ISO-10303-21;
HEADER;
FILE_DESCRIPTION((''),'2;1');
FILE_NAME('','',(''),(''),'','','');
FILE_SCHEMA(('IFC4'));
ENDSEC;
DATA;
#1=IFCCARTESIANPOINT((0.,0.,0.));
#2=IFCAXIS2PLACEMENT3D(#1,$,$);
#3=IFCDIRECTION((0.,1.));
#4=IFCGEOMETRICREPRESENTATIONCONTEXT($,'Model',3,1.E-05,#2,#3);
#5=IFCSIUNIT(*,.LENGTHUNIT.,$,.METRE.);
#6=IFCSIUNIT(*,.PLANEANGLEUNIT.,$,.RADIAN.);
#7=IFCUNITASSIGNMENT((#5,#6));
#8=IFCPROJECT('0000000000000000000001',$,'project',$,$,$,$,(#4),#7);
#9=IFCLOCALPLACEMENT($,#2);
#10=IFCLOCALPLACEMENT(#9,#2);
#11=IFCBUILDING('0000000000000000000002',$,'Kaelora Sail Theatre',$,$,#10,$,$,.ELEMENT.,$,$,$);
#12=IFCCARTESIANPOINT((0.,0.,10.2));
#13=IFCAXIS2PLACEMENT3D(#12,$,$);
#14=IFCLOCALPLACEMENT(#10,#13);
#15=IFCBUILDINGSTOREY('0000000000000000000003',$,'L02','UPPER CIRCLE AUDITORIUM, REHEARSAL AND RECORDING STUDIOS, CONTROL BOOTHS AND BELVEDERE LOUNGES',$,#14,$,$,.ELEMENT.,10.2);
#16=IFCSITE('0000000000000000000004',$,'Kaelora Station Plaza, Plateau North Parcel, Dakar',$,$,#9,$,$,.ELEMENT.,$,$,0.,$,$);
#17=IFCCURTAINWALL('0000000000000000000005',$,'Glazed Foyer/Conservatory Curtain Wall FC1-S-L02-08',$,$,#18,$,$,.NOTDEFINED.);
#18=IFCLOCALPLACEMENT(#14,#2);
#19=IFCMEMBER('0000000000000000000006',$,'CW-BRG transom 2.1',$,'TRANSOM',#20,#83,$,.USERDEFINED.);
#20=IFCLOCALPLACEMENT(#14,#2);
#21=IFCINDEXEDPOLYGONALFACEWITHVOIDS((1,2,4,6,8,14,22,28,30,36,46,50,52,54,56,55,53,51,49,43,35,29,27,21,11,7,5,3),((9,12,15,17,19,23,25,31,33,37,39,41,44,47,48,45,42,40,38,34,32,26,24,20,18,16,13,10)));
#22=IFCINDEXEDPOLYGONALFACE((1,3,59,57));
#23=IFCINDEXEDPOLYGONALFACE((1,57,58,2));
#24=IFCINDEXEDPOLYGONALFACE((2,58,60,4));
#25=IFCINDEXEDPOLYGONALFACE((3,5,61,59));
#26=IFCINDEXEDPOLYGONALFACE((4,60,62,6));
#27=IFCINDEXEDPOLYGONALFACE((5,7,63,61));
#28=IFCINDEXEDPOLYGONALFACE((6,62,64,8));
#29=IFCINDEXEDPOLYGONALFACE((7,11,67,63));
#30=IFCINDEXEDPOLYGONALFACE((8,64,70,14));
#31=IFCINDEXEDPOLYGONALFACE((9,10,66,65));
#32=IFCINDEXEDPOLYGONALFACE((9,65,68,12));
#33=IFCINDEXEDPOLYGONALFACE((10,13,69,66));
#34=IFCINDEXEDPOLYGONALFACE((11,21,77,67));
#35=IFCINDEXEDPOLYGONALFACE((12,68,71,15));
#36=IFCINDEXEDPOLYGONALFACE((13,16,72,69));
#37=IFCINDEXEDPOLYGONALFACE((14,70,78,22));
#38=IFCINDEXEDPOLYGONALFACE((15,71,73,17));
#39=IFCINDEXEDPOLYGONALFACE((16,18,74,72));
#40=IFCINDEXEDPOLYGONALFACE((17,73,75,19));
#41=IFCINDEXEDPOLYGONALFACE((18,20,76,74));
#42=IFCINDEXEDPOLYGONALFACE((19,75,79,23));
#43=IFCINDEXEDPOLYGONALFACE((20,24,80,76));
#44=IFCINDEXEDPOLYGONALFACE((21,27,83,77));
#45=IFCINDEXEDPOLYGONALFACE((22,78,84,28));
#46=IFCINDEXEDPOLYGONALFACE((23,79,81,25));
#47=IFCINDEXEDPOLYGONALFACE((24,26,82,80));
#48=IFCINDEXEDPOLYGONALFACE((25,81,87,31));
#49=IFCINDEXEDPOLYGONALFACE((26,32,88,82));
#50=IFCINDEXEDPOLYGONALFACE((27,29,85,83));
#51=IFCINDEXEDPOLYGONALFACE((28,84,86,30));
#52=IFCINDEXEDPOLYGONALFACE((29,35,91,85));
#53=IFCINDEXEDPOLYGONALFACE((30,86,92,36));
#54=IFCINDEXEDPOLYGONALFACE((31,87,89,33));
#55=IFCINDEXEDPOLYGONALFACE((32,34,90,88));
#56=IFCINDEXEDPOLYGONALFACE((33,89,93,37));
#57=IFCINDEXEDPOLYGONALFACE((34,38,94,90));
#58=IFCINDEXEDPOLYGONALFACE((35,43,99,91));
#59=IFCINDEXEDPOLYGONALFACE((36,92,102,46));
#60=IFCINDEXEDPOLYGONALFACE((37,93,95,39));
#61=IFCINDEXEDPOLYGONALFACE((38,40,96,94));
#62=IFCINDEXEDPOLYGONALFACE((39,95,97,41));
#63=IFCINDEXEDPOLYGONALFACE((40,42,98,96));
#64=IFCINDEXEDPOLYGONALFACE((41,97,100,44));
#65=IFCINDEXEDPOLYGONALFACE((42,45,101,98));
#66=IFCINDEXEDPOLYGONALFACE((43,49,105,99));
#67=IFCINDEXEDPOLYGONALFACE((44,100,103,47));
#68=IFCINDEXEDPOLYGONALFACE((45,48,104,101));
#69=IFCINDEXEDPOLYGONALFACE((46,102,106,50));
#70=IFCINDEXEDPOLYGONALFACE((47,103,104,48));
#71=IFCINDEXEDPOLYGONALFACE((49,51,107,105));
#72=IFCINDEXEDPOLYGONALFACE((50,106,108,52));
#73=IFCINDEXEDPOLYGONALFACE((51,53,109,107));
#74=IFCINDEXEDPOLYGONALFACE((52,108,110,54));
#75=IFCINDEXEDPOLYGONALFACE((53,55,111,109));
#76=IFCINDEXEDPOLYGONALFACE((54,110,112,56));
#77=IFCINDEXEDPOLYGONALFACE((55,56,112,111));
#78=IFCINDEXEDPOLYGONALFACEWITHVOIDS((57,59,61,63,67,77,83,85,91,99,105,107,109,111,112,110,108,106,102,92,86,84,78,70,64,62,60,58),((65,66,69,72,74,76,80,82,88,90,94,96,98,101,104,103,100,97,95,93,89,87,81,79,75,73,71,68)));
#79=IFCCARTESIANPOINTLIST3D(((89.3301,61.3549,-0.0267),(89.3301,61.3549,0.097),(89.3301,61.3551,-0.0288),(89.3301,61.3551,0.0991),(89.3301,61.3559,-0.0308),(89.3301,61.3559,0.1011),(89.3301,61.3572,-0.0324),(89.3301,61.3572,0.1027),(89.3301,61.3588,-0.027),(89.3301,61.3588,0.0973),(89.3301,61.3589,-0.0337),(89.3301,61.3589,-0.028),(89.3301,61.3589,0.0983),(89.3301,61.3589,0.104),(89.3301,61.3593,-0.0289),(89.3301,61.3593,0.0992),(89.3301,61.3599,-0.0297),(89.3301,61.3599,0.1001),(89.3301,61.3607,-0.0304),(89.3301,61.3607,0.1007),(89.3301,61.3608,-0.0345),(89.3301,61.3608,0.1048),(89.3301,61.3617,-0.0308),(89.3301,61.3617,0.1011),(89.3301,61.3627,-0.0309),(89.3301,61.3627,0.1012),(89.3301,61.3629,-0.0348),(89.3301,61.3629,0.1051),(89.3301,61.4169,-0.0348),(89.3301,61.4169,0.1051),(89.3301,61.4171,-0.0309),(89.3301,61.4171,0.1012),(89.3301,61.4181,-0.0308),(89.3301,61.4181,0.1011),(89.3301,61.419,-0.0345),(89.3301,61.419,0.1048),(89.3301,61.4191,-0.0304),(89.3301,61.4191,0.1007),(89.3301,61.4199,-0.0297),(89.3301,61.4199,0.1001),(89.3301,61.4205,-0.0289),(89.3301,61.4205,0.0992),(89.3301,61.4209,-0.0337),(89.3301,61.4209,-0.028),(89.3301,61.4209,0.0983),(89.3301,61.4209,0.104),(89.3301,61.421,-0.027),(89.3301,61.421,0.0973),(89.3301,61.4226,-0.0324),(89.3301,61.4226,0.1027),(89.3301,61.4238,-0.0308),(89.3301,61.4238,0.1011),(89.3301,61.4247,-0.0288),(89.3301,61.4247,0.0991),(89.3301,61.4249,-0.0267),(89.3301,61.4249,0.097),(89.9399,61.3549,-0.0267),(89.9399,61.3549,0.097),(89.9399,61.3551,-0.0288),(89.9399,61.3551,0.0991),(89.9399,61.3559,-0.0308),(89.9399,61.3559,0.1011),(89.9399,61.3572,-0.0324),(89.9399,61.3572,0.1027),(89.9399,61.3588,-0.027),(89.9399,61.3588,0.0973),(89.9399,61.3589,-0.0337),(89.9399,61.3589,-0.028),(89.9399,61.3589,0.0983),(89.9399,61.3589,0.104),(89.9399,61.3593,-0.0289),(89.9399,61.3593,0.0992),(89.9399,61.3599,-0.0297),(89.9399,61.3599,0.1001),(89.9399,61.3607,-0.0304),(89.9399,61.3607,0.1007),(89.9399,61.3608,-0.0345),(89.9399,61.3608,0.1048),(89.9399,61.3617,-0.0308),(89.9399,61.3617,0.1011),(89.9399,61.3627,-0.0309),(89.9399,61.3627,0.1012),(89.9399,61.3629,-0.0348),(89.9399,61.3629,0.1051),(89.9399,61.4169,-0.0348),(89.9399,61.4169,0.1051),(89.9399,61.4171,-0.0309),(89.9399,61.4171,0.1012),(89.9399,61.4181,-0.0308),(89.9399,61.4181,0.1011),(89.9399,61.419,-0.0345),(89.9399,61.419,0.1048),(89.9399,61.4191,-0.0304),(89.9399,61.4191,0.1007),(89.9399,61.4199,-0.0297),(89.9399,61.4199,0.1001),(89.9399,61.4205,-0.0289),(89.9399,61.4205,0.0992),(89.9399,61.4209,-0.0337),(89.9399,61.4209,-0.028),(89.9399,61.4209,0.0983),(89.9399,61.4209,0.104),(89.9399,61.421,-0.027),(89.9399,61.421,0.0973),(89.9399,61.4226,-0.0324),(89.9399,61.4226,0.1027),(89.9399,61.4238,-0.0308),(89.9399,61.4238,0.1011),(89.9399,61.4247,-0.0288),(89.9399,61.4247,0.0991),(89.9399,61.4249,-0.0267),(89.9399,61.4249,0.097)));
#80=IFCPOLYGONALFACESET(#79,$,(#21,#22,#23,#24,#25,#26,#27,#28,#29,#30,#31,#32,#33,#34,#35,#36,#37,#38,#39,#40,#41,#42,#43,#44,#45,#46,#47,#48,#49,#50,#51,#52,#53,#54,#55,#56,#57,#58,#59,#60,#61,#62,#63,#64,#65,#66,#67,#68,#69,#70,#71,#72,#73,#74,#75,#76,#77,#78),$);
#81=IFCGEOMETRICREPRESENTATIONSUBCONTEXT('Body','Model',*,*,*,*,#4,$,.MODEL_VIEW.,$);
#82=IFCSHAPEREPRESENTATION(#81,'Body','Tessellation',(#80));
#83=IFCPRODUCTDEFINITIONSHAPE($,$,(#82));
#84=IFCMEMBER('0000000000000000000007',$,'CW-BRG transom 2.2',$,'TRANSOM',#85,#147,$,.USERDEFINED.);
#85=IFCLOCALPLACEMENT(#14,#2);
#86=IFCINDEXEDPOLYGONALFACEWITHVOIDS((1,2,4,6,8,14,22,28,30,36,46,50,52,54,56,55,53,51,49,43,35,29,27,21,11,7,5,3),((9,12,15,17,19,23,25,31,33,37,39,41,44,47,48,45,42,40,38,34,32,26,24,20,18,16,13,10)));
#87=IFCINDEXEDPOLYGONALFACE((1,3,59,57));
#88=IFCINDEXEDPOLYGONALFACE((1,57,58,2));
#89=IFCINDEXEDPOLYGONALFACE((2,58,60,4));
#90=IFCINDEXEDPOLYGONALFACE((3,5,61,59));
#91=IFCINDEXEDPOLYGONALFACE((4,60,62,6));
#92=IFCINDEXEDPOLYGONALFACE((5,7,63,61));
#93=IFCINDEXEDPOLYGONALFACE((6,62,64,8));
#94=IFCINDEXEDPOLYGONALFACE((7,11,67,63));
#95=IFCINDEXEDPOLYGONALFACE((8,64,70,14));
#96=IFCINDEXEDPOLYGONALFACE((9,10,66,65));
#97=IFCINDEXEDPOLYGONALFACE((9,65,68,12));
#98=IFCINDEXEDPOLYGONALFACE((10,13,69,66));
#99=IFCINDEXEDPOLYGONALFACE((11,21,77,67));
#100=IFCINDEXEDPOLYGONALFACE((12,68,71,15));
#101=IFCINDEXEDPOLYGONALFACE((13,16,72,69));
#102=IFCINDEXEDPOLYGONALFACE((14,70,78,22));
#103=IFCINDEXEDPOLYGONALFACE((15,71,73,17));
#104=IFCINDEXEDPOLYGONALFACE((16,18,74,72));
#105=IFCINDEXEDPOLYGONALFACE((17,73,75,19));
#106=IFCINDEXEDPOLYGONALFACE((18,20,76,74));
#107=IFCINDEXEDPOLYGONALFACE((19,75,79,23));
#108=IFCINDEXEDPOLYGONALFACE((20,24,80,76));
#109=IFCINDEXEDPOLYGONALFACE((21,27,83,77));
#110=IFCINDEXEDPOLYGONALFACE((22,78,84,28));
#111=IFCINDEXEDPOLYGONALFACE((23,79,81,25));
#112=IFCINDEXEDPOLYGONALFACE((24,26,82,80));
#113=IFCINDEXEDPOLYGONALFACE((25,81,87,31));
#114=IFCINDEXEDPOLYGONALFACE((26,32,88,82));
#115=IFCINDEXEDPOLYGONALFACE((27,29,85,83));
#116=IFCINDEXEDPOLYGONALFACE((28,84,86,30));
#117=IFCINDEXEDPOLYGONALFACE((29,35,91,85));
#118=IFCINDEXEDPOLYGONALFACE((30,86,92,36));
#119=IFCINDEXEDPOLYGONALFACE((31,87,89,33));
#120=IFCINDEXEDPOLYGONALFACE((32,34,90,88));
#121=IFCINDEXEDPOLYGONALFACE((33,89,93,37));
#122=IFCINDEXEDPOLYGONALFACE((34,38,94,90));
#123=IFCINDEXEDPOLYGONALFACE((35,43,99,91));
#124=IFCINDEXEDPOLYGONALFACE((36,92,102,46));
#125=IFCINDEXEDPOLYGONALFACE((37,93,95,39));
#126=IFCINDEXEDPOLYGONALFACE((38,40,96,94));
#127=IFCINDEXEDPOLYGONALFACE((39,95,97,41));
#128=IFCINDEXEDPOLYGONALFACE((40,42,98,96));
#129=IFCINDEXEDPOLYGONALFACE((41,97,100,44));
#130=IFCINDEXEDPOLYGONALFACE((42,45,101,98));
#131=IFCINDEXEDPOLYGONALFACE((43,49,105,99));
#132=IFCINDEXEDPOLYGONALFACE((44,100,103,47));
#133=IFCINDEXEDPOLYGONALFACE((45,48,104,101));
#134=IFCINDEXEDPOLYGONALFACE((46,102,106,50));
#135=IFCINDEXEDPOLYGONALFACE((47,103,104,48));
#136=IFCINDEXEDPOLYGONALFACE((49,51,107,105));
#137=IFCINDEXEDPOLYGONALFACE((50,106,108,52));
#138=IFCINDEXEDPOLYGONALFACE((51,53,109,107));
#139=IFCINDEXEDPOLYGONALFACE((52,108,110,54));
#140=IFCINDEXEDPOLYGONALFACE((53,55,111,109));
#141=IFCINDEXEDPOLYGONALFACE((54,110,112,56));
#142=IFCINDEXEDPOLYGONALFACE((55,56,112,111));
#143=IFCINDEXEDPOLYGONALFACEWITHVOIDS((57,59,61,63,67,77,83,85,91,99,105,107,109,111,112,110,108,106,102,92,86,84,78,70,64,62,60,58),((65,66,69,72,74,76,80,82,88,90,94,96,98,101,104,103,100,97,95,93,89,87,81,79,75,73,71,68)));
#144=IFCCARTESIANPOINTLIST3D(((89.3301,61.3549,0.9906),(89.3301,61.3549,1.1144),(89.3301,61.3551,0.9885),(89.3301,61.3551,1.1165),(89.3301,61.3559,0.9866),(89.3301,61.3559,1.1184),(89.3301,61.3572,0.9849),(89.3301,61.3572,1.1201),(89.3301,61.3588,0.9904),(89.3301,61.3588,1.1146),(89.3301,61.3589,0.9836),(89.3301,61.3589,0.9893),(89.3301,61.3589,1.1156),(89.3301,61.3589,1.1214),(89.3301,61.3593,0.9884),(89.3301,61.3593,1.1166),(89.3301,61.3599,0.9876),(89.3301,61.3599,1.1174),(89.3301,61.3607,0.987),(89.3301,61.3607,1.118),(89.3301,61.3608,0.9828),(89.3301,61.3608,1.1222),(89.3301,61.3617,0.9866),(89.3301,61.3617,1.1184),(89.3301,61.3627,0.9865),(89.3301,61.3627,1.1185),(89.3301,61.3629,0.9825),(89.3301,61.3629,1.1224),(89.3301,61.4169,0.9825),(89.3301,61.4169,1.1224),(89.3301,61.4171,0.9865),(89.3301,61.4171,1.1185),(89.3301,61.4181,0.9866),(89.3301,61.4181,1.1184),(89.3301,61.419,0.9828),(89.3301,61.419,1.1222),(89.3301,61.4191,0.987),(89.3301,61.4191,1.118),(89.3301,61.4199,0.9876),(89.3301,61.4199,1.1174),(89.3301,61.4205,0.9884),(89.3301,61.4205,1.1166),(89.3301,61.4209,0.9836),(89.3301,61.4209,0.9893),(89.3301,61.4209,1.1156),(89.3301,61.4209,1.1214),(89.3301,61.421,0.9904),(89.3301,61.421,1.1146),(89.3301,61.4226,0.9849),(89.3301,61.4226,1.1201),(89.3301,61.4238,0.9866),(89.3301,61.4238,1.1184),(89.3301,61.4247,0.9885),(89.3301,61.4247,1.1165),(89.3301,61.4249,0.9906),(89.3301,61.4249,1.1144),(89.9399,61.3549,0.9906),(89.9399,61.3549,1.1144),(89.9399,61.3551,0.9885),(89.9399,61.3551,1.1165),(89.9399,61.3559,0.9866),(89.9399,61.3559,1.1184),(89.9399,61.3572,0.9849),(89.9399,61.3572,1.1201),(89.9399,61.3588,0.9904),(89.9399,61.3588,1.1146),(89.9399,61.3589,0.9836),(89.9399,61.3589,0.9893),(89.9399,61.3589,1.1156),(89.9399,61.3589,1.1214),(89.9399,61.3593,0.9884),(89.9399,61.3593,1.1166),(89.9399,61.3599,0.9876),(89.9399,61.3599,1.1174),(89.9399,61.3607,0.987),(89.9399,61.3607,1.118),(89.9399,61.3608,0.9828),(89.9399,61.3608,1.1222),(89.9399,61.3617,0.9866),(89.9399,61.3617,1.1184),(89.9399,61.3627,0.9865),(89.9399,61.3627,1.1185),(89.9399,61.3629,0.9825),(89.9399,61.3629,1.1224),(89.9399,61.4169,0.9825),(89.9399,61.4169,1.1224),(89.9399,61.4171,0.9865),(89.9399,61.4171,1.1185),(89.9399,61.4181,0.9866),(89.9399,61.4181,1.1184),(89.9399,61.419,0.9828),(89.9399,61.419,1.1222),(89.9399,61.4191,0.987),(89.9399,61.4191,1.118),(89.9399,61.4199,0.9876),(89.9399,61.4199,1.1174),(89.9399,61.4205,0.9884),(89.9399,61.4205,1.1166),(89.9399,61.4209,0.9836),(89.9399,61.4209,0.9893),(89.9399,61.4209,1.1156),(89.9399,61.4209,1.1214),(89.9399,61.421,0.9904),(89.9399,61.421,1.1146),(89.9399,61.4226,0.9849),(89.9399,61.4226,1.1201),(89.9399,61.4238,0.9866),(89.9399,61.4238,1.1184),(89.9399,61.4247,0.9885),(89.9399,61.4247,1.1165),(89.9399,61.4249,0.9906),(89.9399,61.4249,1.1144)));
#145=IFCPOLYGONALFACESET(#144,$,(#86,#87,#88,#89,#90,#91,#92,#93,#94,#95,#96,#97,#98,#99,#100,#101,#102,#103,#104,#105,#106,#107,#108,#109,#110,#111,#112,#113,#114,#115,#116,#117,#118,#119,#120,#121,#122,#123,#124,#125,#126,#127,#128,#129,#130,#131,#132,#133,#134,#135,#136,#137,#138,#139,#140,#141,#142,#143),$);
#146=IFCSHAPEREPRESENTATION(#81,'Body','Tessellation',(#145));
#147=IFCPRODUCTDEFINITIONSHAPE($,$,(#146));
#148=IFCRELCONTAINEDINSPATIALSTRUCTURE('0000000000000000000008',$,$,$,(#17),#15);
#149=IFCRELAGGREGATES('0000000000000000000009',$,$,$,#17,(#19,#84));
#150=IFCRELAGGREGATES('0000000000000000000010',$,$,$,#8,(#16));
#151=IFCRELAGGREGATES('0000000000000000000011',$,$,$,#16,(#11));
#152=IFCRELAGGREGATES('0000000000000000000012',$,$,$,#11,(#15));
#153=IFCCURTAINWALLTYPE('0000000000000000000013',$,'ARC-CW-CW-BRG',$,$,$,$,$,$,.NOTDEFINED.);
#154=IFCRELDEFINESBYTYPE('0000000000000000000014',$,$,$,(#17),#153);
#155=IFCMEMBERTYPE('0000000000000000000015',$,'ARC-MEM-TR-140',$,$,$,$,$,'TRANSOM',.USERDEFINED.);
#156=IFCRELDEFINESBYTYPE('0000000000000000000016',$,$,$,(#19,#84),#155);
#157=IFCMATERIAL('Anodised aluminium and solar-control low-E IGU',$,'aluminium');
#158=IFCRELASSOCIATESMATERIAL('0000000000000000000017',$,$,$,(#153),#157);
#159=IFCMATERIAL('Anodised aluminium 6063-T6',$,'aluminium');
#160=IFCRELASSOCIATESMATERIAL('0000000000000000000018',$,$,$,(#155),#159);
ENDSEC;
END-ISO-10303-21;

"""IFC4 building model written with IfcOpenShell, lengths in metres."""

from ifc_helpers import new_model, si_unit, direction, frame, origin, origin_2d, place, context, subcontext, project, spatial, hollow_rectangle, extrude, material, material_profile, profile_set, type_object, element, aggregate, save


model = new_model("IFC4")

# Units and contexts
model_context = context("Model", 3, precision=1e-05, world=origin(), true_north=direction((0.0, 1.0)))
body_context = subcontext(model_context, "Body", "Model", "MODEL_VIEW")
ifc_project = project(units=[si_unit("LENGTHUNIT", "METRE"), si_unit("PLANEANGLEUNIT", "RADIAN")], contexts=[model_context])

# Site, building, storey
site_placement = place(None, origin())
site = spatial("IfcSite", under=ifc_project, at=site_placement, Name="Kaelora Station Plaza, Plateau North Parcel, Dakar", CompositionType="ELEMENT", RefElevation=0.0)
building_placement = place(site_placement, origin())
building = spatial("IfcBuilding", under=site, at=building_placement, Name="Kaelora Sail Theatre", CompositionType="ELEMENT")
storey_placement = place(building_placement, frame((0.0, 0.0, 10.2)))
storey = spatial("IfcBuildingStorey", under=building, at=storey_placement, Name="L02", Description="UPPER CIRCLE AUDITORIUM, REHEARSAL AND RECORDING STUDIOS, CONTROL BOOTHS AND BELVEDERE LOUNGES", CompositionType="ELEMENT", Elevation=10.2)

# Curtain wall
ifc_material_1 = material(Name="Anodised aluminium and solar-control low-E IGU", Category="aluminium")
curtain_wall_type = type_object("IfcCurtainWallType", Name="ARC-CW-CW-BRG", PredefinedType="NOTDEFINED", material=ifc_material_1)
curtain_wall_1_placement = place(storey_placement, origin())
curtain_wall_1 = element("IfcCurtainWall", 1, at=curtain_wall_1_placement, inside=storey, type_object=curtain_wall_type, Name="Glazed Foyer/Conservatory Curtain Wall FC1-S-L02-08", PredefinedType="NOTDEFINED")

# Members
ifc_material_2 = material(Name="Anodised aluminium 6063-T6", Category="aluminium")
ifc_material_profile_1 = material_profile(ifc_material_2, hollow_rectangle(XDim=0.0701, YDim=0.1399, WallThickness=0.0039, InnerFilletRadius=0.0039, OuterFilletRadius=0.0081, at=origin_2d()), Name="ALU-TRAN 70x140x4")
ifc_profile_set_1 = profile_set([ifc_material_profile_1], Name="Anodised aluminium 6063-T6")
member_type_1 = type_object("IfcMemberType", Name="ARC-MEM-TR-140", ElementType="TRANSOM", PredefinedType="USERDEFINED", material=ifc_profile_set_1)
member_1_placement = place(storey_placement, frame((89.3301, 61.3899, 0.0352), z_axis=(1.0, 0.0, 0.0), x_axis=(0.0, 1.0, 0.0)))
member_1 = element("IfcMember", 2, at=member_1_placement, type_object=member_type_1, Name="CW-BRG transom 2.1", ObjectType="TRANSOM", PredefinedType="USERDEFINED", context=body_context, shape_type="SweptSolid", body=[
    extrude(hollow_rectangle(XDim=0.0701, YDim=0.1399, WallThickness=0.0039, InnerFilletRadius=0.0039, OuterFilletRadius=0.0081, at=origin_2d()), origin(), (0.0, 0.0, 1.0), 0.6099),
])
member_2_placement = place(storey_placement, frame((89.3301, 61.3899, 1.0525), z_axis=(1.0, 0.0, 0.0), x_axis=(0.0, 1.0, 0.0)))
member_2 = element("IfcMember", 3, at=member_2_placement, type_object=member_type_1, Name="CW-BRG transom 2.2", ObjectType="TRANSOM", PredefinedType="USERDEFINED", context=body_context, shape_type="SweptSolid", body=[
    extrude(hollow_rectangle(XDim=0.0701, YDim=0.1399, WallThickness=0.0039, InnerFilletRadius=0.0039, OuterFilletRadius=0.0081, at=origin_2d()), origin(), (0.0, 0.0, 1.0), 0.6099),
])

aggregate(curtain_wall_1, [member_1, member_2])

save(model, "model.ifc")
